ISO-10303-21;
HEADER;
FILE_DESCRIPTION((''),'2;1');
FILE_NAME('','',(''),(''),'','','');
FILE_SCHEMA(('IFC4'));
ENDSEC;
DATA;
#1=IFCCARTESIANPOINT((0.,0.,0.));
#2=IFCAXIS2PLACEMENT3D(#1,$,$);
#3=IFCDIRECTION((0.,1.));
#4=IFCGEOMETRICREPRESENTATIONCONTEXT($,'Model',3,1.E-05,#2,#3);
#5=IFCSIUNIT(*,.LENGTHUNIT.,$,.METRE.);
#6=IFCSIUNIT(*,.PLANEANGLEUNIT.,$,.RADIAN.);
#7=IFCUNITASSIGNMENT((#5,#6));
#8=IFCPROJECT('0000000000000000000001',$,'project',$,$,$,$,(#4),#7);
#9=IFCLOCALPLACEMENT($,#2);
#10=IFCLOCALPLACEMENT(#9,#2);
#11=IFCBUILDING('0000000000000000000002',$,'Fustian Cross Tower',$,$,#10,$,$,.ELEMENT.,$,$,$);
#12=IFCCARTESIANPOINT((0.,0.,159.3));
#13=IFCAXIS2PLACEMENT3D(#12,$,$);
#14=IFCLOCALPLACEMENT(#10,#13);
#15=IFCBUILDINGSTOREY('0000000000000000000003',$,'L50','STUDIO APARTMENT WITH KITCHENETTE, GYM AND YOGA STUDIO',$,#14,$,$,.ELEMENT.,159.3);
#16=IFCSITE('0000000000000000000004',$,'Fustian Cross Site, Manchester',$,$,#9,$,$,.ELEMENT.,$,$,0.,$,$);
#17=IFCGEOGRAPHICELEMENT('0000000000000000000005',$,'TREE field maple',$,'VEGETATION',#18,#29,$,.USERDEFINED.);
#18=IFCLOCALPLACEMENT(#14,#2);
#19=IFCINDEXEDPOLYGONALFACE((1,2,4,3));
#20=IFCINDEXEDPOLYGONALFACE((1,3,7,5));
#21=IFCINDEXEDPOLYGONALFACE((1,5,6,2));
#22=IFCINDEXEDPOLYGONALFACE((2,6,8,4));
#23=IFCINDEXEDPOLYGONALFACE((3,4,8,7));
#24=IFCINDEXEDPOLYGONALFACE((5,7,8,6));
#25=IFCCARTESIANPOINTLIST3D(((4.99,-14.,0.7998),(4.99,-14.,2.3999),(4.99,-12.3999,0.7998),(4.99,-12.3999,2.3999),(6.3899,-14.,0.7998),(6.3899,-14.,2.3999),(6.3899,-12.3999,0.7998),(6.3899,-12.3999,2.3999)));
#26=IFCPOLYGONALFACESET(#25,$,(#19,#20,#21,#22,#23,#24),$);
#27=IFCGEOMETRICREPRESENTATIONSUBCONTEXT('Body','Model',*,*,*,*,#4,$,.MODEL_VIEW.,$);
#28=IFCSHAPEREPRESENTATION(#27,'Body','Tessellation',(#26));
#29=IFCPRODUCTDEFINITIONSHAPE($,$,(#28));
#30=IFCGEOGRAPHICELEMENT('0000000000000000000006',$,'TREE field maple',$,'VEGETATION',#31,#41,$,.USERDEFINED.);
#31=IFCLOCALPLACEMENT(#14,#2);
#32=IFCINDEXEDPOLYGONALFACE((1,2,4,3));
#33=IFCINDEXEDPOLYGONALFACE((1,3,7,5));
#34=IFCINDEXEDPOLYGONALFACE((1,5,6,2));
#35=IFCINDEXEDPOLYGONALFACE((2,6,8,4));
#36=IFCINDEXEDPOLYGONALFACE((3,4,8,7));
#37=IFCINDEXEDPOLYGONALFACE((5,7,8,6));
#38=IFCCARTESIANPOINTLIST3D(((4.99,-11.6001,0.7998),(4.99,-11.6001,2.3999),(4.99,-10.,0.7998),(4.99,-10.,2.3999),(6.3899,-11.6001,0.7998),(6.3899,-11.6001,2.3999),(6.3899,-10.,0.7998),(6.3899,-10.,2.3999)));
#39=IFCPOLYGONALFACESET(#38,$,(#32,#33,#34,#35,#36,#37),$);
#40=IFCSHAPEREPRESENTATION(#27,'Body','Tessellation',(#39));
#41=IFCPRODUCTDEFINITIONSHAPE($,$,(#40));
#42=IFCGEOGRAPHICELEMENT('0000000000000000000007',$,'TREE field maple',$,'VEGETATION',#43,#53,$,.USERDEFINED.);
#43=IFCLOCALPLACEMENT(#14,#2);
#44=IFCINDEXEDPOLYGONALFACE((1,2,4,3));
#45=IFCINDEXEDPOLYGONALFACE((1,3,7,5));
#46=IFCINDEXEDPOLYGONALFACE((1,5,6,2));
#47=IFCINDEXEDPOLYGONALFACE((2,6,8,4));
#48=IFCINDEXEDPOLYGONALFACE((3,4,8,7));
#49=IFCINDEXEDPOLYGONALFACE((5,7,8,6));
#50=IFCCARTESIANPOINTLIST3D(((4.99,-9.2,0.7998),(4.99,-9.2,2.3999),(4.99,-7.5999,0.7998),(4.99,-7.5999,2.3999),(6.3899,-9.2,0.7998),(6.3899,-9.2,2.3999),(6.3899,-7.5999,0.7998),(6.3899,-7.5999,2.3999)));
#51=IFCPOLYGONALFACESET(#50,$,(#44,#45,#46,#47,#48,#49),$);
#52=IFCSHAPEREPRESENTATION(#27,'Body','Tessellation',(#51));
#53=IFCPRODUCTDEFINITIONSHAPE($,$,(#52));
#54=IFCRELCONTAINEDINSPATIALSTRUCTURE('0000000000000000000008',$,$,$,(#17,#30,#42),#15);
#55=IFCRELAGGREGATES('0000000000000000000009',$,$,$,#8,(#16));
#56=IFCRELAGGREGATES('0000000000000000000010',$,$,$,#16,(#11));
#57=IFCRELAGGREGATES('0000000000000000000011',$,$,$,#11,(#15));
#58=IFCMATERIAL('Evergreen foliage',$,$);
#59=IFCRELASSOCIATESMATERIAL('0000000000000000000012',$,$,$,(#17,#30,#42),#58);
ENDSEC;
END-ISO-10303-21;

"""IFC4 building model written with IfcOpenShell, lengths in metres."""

from ifc_helpers import new_model, si_unit, direction, frame, origin, origin_2d, place, context, subcontext, project, spatial, rectangle, extrude, material, element, save


model = new_model("IFC4")

# Units and contexts
model_context = context("Model", 3, precision=1e-05, world=origin(), true_north=direction((0.0, 1.0)))
body_context = subcontext(model_context, "Body", "Model", "MODEL_VIEW")
ifc_project = project(units=[si_unit("LENGTHUNIT", "METRE"), si_unit("PLANEANGLEUNIT", "RADIAN")], contexts=[model_context])

# Site, building, storey
site_placement = place(None, origin())
site = spatial("IfcSite", under=ifc_project, at=site_placement, Name="Fustian Cross Site, Manchester", CompositionType="ELEMENT", RefElevation=0.0)
building_placement = place(site_placement, origin())
building = spatial("IfcBuilding", under=site, at=building_placement, Name="Fustian Cross Tower", CompositionType="ELEMENT")
storey_placement = place(building_placement, frame((0.0, 0.0, 159.3)))
storey = spatial("IfcBuildingStorey", under=building, at=storey_placement, Name="L50", Description="STUDIO APARTMENT WITH KITCHENETTE, GYM AND YOGA STUDIO", CompositionType="ELEMENT", Elevation=159.3)

# Geographic elements
ifc_material_1 = material(Name="Evergreen foliage")
for number, where, z_axis, x_axis, name in (
    (1, (5.6899, -13.2, 0.7998), (0.0, 0.0, 1.0), (1.0, 0.0, 0.0), "TREE field maple"),
    (2, (5.6899, -10.8, 0.7998), (0.0, 0.0, 1.0), (1.0, 0.0, 0.0), "TREE field maple"),
    (3, (5.6899, -8.3999, 0.7998), (0.0, 0.0, 1.0), (1.0, 0.0, 0.0), "TREE field maple"),
):
    element("IfcGeographicElement", number, at=place(storey_placement, frame(where, z_axis=z_axis, x_axis=x_axis)), inside=storey, material=ifc_material_1, Name=name, ObjectType="VEGETATION", PredefinedType="USERDEFINED", context=body_context, shape_type="SweptSolid", body=[
        extrude(rectangle(XDim=1.3999, YDim=1.6001, at=origin_2d()), origin(), (0.0, 0.0, 1.0), 1.6001),
    ])

save(model, "model.ifc")
